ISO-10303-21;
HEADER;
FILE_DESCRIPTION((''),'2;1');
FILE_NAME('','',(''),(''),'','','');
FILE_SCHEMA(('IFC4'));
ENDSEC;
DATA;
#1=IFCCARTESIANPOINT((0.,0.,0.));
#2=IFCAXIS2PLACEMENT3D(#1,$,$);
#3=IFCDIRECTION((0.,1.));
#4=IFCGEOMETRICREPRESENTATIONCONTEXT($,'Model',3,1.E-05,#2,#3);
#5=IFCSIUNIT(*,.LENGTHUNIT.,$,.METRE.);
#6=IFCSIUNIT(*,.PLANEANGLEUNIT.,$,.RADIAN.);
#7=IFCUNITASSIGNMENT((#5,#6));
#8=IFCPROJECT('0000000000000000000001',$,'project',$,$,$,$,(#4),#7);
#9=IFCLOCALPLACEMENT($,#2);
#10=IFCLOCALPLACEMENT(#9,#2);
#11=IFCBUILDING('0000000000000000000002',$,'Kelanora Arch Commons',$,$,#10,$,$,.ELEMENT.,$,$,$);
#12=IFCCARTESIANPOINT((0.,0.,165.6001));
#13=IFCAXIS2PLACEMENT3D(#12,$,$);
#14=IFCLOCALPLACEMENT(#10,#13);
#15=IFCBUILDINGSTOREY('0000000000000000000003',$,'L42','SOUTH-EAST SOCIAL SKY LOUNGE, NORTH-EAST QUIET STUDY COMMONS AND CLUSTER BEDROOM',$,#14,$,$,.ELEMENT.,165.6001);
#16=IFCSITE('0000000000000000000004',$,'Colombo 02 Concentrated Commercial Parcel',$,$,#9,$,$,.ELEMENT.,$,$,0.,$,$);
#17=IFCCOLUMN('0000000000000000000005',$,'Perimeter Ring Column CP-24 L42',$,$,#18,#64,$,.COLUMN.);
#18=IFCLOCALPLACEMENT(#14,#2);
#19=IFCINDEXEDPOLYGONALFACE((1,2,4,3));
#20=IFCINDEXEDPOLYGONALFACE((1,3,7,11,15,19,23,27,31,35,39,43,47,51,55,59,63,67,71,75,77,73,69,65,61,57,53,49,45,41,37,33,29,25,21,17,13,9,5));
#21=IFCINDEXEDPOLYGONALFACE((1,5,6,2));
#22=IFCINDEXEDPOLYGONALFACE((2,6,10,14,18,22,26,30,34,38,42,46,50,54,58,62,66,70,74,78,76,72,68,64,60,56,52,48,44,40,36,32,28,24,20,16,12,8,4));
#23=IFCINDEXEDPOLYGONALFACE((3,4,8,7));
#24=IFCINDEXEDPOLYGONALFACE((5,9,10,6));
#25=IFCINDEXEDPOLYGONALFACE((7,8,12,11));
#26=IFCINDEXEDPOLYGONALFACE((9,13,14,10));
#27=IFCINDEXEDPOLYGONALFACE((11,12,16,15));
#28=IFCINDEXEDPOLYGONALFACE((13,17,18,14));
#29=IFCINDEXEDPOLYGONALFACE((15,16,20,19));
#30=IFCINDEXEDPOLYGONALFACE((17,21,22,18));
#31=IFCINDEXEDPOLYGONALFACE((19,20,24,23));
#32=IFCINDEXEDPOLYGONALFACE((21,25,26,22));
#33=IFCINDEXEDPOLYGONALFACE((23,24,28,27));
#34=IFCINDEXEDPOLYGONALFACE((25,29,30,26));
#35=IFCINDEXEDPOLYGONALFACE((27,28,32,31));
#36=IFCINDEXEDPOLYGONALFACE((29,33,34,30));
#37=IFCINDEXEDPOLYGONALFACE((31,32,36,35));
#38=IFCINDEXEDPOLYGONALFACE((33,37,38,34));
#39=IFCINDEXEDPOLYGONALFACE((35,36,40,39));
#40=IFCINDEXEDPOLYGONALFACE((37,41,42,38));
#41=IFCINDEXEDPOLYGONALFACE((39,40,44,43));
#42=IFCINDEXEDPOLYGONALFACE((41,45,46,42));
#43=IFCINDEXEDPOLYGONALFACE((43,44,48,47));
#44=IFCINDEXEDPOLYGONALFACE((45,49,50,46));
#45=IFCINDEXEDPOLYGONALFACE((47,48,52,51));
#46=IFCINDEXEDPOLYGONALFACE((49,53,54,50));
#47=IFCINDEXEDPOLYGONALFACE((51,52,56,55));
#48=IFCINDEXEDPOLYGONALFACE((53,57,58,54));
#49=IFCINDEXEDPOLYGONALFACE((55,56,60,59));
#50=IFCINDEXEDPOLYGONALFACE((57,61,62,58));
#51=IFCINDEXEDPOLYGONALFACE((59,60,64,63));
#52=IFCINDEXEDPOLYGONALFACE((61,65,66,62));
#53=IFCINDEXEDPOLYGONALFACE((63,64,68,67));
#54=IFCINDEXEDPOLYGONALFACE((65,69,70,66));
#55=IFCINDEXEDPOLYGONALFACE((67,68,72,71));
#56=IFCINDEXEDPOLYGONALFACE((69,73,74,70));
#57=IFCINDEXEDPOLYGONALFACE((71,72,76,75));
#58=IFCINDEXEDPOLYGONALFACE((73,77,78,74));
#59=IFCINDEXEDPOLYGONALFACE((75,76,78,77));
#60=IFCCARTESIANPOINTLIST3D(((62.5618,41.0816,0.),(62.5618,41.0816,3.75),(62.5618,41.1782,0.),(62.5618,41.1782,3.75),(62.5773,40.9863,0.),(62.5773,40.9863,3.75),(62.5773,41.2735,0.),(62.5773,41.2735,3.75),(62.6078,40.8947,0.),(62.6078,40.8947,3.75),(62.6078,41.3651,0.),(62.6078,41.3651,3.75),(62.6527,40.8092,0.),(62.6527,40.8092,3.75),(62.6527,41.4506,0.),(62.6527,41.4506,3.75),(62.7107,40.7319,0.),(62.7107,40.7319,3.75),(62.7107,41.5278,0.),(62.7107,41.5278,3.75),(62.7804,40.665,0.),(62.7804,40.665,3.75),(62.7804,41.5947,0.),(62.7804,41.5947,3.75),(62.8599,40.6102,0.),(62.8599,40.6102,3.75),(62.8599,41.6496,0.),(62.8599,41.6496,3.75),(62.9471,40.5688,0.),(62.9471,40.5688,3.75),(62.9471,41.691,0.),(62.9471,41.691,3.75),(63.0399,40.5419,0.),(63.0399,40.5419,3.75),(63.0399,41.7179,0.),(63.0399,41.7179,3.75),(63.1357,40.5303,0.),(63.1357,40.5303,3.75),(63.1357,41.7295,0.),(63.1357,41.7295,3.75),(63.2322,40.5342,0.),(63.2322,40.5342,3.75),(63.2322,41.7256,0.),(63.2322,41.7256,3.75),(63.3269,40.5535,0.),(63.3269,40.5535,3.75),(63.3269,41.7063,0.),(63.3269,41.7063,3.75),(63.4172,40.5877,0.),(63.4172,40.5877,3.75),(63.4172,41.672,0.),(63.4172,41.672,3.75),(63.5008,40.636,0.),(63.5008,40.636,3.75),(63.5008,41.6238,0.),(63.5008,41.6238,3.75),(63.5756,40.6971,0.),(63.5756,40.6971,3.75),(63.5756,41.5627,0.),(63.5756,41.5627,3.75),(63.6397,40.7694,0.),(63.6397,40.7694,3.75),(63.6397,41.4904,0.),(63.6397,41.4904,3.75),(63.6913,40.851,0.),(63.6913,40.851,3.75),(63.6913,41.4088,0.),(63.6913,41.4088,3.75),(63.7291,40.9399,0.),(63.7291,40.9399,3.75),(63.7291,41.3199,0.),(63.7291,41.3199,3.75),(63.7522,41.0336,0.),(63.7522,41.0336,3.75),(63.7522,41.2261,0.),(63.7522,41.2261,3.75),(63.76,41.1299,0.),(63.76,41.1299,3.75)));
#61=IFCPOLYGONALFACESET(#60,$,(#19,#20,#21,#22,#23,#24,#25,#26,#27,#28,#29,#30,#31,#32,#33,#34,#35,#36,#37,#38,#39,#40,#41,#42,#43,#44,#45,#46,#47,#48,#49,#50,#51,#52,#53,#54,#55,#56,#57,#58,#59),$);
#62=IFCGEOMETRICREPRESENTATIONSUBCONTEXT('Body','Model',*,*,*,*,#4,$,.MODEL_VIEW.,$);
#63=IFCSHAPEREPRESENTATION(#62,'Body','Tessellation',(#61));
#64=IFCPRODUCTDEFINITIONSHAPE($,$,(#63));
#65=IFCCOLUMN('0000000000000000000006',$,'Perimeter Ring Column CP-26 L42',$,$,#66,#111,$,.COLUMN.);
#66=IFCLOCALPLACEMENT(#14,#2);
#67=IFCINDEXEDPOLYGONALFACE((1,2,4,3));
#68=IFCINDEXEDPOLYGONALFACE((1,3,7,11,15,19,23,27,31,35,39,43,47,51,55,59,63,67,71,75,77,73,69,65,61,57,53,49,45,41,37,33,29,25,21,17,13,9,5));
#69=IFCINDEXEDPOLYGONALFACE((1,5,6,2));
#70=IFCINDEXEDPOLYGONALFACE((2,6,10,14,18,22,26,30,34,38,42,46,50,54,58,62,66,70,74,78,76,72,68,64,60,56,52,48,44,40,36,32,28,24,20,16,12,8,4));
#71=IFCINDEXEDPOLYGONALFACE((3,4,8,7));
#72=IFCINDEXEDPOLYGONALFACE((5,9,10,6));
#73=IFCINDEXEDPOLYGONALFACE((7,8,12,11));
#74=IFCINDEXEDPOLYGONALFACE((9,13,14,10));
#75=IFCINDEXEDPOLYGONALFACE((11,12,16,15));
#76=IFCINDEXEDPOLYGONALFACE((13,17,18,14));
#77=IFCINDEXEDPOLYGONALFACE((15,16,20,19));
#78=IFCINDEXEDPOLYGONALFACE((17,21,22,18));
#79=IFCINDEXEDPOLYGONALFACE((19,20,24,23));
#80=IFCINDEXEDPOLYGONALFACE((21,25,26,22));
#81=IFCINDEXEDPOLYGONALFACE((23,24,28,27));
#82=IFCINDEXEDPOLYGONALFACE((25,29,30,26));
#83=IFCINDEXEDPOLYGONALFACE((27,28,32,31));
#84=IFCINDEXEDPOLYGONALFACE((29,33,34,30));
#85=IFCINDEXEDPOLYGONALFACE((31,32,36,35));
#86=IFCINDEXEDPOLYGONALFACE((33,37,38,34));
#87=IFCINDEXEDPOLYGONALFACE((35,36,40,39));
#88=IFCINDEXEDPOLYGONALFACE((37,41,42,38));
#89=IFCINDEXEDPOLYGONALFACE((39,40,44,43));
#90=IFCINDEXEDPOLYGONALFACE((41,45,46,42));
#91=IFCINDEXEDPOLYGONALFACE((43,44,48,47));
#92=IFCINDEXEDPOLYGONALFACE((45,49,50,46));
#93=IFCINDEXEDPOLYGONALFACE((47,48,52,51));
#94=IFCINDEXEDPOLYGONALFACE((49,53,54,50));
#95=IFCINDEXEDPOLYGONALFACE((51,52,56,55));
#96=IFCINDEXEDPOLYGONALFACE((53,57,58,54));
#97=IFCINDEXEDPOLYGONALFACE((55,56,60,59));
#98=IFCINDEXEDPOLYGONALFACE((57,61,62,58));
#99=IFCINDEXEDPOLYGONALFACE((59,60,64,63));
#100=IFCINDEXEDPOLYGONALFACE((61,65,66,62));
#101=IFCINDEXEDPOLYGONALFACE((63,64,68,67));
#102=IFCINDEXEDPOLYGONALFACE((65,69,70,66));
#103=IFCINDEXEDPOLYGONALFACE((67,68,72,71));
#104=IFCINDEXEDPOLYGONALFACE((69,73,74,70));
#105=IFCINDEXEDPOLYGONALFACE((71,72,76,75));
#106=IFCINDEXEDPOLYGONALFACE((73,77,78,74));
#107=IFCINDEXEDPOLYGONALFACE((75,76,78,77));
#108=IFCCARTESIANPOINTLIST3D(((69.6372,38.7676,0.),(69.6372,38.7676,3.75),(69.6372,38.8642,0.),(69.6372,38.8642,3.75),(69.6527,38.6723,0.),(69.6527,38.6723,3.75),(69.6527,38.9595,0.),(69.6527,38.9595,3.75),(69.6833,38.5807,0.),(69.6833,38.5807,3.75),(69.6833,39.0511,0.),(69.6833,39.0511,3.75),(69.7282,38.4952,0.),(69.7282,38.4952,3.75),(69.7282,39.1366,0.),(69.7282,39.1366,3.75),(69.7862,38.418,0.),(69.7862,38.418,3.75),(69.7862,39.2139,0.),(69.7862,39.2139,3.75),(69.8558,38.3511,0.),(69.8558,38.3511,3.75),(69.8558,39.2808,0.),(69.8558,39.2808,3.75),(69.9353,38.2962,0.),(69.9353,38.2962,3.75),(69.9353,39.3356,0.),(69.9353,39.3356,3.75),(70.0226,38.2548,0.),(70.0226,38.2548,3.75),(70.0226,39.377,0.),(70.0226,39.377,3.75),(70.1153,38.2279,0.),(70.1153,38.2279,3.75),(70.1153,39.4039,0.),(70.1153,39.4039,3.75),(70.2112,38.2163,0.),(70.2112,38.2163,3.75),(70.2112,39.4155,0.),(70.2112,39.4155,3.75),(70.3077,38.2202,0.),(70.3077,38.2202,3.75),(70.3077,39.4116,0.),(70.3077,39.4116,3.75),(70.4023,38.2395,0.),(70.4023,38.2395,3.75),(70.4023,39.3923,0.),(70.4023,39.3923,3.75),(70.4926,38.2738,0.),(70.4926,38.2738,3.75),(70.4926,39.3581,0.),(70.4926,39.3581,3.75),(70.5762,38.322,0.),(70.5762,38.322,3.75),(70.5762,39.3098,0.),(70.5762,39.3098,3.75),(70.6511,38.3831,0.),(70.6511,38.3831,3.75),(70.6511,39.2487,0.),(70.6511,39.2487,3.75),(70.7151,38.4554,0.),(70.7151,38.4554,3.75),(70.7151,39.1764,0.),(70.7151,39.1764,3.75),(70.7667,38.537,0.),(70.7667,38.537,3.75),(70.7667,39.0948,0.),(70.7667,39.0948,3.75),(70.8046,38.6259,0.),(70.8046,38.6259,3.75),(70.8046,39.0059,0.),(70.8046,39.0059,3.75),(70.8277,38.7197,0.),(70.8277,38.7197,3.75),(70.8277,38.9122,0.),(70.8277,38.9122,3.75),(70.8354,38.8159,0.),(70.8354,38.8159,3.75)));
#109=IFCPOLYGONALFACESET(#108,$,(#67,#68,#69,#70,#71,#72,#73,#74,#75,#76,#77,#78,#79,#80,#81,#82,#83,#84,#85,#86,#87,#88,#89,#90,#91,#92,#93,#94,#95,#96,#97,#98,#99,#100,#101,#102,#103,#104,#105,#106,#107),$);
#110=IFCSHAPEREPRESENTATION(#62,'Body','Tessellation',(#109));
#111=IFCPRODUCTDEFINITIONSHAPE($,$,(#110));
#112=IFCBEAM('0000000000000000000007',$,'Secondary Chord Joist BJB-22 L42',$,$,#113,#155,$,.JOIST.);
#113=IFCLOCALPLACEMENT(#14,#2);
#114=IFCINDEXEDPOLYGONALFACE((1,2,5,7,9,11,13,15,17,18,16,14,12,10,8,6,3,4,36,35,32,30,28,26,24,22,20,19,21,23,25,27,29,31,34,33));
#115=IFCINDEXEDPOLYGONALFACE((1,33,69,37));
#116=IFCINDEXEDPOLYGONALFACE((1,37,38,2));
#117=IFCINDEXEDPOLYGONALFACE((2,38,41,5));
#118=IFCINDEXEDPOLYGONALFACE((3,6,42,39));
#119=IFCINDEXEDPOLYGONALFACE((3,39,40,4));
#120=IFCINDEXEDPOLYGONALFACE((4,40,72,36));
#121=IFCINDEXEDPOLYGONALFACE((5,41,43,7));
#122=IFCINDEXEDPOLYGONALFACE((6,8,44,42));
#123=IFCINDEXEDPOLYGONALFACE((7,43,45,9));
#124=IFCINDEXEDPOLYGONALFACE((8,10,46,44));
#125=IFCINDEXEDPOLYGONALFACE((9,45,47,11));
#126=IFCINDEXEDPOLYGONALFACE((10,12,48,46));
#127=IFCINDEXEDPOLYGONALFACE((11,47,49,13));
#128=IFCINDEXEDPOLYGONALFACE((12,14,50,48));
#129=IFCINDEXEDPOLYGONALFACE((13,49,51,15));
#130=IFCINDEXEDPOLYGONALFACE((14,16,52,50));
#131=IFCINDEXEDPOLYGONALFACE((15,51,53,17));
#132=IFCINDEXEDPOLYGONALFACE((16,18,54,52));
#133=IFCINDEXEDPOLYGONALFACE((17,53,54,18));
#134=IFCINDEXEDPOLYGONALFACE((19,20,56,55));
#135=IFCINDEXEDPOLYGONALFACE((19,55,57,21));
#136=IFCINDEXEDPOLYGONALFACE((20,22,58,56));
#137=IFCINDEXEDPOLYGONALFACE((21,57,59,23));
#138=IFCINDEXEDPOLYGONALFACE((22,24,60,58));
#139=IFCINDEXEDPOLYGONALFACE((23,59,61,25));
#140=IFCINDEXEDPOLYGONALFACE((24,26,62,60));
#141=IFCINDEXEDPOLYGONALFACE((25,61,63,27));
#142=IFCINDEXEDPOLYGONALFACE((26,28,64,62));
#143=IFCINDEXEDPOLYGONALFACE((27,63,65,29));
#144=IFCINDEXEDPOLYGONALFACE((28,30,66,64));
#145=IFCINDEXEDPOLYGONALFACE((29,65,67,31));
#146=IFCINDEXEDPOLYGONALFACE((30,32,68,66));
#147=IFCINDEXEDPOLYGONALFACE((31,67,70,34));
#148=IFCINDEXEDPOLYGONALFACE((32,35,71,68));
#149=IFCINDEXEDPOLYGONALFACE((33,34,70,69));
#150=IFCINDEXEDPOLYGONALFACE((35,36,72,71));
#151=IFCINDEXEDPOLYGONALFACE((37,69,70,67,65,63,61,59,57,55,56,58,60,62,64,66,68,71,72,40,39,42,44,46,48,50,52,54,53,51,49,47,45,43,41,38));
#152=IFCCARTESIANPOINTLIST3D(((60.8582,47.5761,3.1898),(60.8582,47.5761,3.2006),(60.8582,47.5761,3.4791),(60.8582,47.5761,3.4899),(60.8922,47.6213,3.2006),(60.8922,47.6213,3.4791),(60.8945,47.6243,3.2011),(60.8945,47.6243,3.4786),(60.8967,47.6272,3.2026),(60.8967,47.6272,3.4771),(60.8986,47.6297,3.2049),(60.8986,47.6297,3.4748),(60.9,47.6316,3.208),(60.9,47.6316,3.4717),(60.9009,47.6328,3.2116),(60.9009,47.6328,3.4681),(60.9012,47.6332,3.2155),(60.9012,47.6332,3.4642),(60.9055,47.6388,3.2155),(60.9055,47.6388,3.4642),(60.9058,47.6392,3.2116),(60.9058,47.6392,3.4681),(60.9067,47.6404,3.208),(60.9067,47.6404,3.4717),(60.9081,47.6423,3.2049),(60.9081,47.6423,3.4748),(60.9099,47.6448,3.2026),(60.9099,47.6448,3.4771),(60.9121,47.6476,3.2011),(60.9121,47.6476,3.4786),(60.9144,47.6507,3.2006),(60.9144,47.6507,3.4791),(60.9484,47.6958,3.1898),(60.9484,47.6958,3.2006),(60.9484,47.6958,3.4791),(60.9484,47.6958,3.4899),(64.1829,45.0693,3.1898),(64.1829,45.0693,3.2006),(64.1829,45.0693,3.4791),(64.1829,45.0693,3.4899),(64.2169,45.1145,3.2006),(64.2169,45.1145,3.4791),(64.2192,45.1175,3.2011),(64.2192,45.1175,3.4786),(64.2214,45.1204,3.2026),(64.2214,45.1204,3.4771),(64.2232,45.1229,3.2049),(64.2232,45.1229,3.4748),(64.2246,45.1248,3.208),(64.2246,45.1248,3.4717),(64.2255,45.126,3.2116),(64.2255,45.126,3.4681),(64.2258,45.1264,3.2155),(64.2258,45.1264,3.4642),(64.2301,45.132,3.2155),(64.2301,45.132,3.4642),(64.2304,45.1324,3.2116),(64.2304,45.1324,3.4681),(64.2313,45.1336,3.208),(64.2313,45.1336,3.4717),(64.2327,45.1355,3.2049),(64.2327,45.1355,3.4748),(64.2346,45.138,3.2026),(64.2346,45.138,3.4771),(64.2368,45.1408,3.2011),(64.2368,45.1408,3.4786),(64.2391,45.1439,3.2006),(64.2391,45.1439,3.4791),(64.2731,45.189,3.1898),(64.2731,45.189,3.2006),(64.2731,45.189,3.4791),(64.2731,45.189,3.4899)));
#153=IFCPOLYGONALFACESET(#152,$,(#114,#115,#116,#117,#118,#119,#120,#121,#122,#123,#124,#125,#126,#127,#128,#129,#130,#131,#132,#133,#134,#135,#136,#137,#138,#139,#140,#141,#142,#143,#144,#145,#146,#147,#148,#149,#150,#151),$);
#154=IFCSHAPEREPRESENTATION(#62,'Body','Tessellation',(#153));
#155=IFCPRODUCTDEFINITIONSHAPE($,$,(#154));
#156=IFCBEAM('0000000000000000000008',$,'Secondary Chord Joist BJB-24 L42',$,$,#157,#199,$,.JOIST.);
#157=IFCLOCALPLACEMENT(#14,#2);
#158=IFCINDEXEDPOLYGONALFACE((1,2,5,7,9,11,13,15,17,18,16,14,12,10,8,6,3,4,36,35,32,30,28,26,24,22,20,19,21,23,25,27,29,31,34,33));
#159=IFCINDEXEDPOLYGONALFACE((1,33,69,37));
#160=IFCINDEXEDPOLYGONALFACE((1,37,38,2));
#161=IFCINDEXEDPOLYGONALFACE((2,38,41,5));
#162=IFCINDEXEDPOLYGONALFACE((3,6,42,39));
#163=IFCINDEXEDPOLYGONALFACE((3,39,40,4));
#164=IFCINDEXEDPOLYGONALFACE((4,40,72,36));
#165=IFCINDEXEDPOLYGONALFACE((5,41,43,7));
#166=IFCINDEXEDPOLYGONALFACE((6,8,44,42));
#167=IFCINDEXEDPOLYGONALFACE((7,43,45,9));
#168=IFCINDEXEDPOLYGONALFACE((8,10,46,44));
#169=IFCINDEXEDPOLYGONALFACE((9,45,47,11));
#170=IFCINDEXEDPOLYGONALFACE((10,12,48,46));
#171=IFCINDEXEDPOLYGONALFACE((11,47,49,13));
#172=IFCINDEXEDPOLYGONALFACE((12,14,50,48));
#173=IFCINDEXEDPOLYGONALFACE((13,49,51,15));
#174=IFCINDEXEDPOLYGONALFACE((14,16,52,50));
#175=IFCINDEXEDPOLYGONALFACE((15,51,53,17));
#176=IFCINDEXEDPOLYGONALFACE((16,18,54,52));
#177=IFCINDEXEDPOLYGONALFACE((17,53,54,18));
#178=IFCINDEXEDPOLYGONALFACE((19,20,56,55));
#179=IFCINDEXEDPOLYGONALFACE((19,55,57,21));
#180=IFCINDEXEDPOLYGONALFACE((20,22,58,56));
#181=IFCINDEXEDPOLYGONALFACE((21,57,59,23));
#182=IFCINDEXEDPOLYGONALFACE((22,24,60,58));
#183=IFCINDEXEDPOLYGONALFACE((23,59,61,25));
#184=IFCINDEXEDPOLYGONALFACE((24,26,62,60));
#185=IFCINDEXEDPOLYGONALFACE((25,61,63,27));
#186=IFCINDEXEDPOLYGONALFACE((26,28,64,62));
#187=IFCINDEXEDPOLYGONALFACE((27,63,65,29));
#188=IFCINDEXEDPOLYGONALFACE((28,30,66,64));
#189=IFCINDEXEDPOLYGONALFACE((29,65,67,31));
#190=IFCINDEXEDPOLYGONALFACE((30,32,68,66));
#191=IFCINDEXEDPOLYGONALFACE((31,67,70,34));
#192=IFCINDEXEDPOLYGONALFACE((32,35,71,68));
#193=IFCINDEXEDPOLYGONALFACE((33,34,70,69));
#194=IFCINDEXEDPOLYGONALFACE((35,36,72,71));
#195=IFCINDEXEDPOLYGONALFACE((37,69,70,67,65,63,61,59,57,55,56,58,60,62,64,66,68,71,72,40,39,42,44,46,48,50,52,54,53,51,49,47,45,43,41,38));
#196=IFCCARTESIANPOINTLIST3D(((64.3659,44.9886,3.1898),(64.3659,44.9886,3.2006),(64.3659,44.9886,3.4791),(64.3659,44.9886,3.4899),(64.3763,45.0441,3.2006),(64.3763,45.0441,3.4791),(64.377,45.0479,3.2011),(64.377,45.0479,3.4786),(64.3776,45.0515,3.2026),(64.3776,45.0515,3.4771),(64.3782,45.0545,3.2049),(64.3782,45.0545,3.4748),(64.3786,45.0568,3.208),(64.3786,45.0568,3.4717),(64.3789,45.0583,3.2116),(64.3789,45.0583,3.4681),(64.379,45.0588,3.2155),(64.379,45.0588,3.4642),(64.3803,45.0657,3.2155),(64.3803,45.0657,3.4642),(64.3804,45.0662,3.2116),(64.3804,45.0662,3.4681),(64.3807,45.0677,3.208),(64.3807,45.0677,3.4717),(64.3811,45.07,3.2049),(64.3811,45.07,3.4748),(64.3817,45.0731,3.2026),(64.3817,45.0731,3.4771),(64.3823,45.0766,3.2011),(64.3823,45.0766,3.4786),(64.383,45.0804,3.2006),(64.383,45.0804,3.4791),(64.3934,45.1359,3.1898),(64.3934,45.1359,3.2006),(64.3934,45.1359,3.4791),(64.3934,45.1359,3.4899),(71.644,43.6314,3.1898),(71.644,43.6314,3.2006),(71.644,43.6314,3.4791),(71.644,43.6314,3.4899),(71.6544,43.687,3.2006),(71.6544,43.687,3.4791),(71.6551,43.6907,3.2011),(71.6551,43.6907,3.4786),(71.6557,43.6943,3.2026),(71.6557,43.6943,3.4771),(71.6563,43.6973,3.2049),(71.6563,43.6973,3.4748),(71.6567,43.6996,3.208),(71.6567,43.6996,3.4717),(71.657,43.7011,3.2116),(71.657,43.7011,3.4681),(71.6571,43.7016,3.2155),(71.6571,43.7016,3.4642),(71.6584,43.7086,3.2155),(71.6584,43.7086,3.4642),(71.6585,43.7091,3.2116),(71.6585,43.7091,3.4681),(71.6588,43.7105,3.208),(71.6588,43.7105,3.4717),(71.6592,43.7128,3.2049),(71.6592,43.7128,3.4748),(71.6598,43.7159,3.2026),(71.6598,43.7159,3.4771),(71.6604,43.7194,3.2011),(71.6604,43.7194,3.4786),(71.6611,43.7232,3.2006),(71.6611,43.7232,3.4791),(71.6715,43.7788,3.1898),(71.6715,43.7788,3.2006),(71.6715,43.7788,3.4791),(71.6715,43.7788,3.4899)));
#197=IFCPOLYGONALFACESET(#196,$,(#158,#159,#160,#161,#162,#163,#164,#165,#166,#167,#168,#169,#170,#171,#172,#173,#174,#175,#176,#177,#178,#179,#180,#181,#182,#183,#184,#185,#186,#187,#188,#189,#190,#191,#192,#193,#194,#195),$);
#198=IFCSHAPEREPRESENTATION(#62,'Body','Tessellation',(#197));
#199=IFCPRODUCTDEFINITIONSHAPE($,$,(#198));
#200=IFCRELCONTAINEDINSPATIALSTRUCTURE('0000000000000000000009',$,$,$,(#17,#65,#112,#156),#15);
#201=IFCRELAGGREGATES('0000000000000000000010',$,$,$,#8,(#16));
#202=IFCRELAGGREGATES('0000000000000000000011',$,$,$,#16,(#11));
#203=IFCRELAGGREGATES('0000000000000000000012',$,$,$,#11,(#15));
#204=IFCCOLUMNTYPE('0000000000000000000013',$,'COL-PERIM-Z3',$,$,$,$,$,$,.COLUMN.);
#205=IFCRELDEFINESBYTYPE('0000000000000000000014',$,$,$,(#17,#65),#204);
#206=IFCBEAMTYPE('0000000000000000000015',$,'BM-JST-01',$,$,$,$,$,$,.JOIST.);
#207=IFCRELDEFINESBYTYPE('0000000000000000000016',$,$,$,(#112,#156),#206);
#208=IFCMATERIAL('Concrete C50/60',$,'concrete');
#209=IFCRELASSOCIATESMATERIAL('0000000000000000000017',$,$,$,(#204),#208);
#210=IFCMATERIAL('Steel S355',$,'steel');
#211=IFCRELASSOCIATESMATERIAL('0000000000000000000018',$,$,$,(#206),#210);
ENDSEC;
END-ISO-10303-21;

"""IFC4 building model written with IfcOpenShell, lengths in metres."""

from ifc_helpers import new_model, si_unit, direction, frame, origin, origin_2d, place, context, subcontext, project, spatial, circle, i_section, extrude, material, material_profile, profile_set, type_object, element, save


model = new_model("IFC4")

# Units and contexts
model_context = context("Model", 3, precision=1e-05, world=origin(), true_north=direction((0.0, 1.0)))
body_context = subcontext(model_context, "Body", "Model", "MODEL_VIEW")
ifc_project = project(units=[si_unit("LENGTHUNIT", "METRE"), si_unit("PLANEANGLEUNIT", "RADIAN")], contexts=[model_context])

# Site, building, storey
site_placement = place(None, origin())
site = spatial("IfcSite", under=ifc_project, at=site_placement, Name="Colombo 02 Concentrated Commercial Parcel", CompositionType="ELEMENT", RefElevation=0.0)
building_placement = place(site_placement, origin())
building = spatial("IfcBuilding", under=site, at=building_placement, Name="Kelanora Arch Commons", CompositionType="ELEMENT")
storey_placement = place(building_placement, frame((0.0, 0.0, 165.6001)))
storey = spatial("IfcBuildingStorey", under=building, at=storey_placement, Name="L42", Description="SOUTH-EAST SOCIAL SKY LOUNGE, NORTH-EAST QUIET STUDY COMMONS AND CLUSTER BEDROOM", CompositionType="ELEMENT", Elevation=165.6001)

# Columns
ifc_material_1 = material(Name="Concrete C50/60", Category="concrete")
ifc_material_profile_1 = material_profile(ifc_material_1, circle(Radius=0.6001, at=origin_2d()), Name="RCC1200")
ifc_profile_set_1 = profile_set([ifc_material_profile_1], Name="Concrete C50/60")
column_type = type_object("IfcColumnType", Name="COL-PERIM-Z3", PredefinedType="COLUMN", material=ifc_profile_set_1)
for number, where, z_axis, x_axis, name in (
    (1, (63.1599, 41.1299, 0.0), (0.0, 0.0, 1.0), (1.0, 0.0, 0.0), "Perimeter Ring Column CP-24 L42"),
    (2, (70.2354, 38.8159, 0.0), (0.0, 0.0, 1.0), (1.0, 0.0, 0.0), "Perimeter Ring Column CP-26 L42"),
):
    element("IfcColumn", number, at=place(storey_placement, frame(where, z_axis=z_axis, x_axis=x_axis)), inside=storey, type_object=column_type, Name=name, PredefinedType="COLUMN", context=body_context, shape_type="SweptSolid", body=[
        extrude(circle(Radius=0.6001, at=origin_2d()), origin(), (0.0, 0.0, 1.0), 3.75),
    ])

# Beams
ifc_material_2 = material(Name="Steel S355", Category="steel")
ifc_material_profile_2 = material_profile(ifc_material_2, i_section(OverallWidth=0.1499, OverallDepth=0.3, WebThickness=0.0071, FlangeThickness=0.0107, FilletRadius=0.0149, at=origin_2d()), Name="IPE300")
ifc_profile_set_2 = profile_set([ifc_material_profile_2], Name="Steel S355")
beam_type_1 = type_object("IfcBeamType", Name="BM-JST-01", PredefinedType="JOIST", material=ifc_profile_set_2)
beam_1_placement = place(storey_placement, frame((60.9033, 47.636, 3.3398), z_axis=(0.798464, -0.602043, 0.0), x_axis=(0.602043, 0.798464, 0.0)))
element("IfcBeam", 3, at=beam_1_placement, inside=storey, type_object=beam_type_1, Name="Secondary Chord Joist BJB-22 L42", PredefinedType="JOIST", context=body_context, shape_type="SweptSolid", body=[
    extrude(i_section(OverallWidth=0.1499, OverallDepth=0.3, WebThickness=0.0071, FlangeThickness=0.0107, FilletRadius=0.0149, at=origin_2d()), origin(), (0.0, 0.0, 1.0), 4.1638),
])
beam_2_placement = place(storey_placement, frame((64.3796, 45.0623, 3.3398), z_axis=(0.983054, -0.183315, 0.0), x_axis=(0.183315, 0.983054, 0.0)))
element("IfcBeam", 4, at=beam_2_placement, inside=storey, type_object=beam_type_1, Name="Secondary Chord Joist BJB-24 L42", PredefinedType="JOIST", context=body_context, shape_type="SweptSolid", body=[
    extrude(i_section(OverallWidth=0.1499, OverallDepth=0.3, WebThickness=0.0071, FlangeThickness=0.0107, FilletRadius=0.0149, at=origin_2d()), origin(), (0.0, 0.0, 1.0), 7.4036),
])

save(model, "model.ifc")
